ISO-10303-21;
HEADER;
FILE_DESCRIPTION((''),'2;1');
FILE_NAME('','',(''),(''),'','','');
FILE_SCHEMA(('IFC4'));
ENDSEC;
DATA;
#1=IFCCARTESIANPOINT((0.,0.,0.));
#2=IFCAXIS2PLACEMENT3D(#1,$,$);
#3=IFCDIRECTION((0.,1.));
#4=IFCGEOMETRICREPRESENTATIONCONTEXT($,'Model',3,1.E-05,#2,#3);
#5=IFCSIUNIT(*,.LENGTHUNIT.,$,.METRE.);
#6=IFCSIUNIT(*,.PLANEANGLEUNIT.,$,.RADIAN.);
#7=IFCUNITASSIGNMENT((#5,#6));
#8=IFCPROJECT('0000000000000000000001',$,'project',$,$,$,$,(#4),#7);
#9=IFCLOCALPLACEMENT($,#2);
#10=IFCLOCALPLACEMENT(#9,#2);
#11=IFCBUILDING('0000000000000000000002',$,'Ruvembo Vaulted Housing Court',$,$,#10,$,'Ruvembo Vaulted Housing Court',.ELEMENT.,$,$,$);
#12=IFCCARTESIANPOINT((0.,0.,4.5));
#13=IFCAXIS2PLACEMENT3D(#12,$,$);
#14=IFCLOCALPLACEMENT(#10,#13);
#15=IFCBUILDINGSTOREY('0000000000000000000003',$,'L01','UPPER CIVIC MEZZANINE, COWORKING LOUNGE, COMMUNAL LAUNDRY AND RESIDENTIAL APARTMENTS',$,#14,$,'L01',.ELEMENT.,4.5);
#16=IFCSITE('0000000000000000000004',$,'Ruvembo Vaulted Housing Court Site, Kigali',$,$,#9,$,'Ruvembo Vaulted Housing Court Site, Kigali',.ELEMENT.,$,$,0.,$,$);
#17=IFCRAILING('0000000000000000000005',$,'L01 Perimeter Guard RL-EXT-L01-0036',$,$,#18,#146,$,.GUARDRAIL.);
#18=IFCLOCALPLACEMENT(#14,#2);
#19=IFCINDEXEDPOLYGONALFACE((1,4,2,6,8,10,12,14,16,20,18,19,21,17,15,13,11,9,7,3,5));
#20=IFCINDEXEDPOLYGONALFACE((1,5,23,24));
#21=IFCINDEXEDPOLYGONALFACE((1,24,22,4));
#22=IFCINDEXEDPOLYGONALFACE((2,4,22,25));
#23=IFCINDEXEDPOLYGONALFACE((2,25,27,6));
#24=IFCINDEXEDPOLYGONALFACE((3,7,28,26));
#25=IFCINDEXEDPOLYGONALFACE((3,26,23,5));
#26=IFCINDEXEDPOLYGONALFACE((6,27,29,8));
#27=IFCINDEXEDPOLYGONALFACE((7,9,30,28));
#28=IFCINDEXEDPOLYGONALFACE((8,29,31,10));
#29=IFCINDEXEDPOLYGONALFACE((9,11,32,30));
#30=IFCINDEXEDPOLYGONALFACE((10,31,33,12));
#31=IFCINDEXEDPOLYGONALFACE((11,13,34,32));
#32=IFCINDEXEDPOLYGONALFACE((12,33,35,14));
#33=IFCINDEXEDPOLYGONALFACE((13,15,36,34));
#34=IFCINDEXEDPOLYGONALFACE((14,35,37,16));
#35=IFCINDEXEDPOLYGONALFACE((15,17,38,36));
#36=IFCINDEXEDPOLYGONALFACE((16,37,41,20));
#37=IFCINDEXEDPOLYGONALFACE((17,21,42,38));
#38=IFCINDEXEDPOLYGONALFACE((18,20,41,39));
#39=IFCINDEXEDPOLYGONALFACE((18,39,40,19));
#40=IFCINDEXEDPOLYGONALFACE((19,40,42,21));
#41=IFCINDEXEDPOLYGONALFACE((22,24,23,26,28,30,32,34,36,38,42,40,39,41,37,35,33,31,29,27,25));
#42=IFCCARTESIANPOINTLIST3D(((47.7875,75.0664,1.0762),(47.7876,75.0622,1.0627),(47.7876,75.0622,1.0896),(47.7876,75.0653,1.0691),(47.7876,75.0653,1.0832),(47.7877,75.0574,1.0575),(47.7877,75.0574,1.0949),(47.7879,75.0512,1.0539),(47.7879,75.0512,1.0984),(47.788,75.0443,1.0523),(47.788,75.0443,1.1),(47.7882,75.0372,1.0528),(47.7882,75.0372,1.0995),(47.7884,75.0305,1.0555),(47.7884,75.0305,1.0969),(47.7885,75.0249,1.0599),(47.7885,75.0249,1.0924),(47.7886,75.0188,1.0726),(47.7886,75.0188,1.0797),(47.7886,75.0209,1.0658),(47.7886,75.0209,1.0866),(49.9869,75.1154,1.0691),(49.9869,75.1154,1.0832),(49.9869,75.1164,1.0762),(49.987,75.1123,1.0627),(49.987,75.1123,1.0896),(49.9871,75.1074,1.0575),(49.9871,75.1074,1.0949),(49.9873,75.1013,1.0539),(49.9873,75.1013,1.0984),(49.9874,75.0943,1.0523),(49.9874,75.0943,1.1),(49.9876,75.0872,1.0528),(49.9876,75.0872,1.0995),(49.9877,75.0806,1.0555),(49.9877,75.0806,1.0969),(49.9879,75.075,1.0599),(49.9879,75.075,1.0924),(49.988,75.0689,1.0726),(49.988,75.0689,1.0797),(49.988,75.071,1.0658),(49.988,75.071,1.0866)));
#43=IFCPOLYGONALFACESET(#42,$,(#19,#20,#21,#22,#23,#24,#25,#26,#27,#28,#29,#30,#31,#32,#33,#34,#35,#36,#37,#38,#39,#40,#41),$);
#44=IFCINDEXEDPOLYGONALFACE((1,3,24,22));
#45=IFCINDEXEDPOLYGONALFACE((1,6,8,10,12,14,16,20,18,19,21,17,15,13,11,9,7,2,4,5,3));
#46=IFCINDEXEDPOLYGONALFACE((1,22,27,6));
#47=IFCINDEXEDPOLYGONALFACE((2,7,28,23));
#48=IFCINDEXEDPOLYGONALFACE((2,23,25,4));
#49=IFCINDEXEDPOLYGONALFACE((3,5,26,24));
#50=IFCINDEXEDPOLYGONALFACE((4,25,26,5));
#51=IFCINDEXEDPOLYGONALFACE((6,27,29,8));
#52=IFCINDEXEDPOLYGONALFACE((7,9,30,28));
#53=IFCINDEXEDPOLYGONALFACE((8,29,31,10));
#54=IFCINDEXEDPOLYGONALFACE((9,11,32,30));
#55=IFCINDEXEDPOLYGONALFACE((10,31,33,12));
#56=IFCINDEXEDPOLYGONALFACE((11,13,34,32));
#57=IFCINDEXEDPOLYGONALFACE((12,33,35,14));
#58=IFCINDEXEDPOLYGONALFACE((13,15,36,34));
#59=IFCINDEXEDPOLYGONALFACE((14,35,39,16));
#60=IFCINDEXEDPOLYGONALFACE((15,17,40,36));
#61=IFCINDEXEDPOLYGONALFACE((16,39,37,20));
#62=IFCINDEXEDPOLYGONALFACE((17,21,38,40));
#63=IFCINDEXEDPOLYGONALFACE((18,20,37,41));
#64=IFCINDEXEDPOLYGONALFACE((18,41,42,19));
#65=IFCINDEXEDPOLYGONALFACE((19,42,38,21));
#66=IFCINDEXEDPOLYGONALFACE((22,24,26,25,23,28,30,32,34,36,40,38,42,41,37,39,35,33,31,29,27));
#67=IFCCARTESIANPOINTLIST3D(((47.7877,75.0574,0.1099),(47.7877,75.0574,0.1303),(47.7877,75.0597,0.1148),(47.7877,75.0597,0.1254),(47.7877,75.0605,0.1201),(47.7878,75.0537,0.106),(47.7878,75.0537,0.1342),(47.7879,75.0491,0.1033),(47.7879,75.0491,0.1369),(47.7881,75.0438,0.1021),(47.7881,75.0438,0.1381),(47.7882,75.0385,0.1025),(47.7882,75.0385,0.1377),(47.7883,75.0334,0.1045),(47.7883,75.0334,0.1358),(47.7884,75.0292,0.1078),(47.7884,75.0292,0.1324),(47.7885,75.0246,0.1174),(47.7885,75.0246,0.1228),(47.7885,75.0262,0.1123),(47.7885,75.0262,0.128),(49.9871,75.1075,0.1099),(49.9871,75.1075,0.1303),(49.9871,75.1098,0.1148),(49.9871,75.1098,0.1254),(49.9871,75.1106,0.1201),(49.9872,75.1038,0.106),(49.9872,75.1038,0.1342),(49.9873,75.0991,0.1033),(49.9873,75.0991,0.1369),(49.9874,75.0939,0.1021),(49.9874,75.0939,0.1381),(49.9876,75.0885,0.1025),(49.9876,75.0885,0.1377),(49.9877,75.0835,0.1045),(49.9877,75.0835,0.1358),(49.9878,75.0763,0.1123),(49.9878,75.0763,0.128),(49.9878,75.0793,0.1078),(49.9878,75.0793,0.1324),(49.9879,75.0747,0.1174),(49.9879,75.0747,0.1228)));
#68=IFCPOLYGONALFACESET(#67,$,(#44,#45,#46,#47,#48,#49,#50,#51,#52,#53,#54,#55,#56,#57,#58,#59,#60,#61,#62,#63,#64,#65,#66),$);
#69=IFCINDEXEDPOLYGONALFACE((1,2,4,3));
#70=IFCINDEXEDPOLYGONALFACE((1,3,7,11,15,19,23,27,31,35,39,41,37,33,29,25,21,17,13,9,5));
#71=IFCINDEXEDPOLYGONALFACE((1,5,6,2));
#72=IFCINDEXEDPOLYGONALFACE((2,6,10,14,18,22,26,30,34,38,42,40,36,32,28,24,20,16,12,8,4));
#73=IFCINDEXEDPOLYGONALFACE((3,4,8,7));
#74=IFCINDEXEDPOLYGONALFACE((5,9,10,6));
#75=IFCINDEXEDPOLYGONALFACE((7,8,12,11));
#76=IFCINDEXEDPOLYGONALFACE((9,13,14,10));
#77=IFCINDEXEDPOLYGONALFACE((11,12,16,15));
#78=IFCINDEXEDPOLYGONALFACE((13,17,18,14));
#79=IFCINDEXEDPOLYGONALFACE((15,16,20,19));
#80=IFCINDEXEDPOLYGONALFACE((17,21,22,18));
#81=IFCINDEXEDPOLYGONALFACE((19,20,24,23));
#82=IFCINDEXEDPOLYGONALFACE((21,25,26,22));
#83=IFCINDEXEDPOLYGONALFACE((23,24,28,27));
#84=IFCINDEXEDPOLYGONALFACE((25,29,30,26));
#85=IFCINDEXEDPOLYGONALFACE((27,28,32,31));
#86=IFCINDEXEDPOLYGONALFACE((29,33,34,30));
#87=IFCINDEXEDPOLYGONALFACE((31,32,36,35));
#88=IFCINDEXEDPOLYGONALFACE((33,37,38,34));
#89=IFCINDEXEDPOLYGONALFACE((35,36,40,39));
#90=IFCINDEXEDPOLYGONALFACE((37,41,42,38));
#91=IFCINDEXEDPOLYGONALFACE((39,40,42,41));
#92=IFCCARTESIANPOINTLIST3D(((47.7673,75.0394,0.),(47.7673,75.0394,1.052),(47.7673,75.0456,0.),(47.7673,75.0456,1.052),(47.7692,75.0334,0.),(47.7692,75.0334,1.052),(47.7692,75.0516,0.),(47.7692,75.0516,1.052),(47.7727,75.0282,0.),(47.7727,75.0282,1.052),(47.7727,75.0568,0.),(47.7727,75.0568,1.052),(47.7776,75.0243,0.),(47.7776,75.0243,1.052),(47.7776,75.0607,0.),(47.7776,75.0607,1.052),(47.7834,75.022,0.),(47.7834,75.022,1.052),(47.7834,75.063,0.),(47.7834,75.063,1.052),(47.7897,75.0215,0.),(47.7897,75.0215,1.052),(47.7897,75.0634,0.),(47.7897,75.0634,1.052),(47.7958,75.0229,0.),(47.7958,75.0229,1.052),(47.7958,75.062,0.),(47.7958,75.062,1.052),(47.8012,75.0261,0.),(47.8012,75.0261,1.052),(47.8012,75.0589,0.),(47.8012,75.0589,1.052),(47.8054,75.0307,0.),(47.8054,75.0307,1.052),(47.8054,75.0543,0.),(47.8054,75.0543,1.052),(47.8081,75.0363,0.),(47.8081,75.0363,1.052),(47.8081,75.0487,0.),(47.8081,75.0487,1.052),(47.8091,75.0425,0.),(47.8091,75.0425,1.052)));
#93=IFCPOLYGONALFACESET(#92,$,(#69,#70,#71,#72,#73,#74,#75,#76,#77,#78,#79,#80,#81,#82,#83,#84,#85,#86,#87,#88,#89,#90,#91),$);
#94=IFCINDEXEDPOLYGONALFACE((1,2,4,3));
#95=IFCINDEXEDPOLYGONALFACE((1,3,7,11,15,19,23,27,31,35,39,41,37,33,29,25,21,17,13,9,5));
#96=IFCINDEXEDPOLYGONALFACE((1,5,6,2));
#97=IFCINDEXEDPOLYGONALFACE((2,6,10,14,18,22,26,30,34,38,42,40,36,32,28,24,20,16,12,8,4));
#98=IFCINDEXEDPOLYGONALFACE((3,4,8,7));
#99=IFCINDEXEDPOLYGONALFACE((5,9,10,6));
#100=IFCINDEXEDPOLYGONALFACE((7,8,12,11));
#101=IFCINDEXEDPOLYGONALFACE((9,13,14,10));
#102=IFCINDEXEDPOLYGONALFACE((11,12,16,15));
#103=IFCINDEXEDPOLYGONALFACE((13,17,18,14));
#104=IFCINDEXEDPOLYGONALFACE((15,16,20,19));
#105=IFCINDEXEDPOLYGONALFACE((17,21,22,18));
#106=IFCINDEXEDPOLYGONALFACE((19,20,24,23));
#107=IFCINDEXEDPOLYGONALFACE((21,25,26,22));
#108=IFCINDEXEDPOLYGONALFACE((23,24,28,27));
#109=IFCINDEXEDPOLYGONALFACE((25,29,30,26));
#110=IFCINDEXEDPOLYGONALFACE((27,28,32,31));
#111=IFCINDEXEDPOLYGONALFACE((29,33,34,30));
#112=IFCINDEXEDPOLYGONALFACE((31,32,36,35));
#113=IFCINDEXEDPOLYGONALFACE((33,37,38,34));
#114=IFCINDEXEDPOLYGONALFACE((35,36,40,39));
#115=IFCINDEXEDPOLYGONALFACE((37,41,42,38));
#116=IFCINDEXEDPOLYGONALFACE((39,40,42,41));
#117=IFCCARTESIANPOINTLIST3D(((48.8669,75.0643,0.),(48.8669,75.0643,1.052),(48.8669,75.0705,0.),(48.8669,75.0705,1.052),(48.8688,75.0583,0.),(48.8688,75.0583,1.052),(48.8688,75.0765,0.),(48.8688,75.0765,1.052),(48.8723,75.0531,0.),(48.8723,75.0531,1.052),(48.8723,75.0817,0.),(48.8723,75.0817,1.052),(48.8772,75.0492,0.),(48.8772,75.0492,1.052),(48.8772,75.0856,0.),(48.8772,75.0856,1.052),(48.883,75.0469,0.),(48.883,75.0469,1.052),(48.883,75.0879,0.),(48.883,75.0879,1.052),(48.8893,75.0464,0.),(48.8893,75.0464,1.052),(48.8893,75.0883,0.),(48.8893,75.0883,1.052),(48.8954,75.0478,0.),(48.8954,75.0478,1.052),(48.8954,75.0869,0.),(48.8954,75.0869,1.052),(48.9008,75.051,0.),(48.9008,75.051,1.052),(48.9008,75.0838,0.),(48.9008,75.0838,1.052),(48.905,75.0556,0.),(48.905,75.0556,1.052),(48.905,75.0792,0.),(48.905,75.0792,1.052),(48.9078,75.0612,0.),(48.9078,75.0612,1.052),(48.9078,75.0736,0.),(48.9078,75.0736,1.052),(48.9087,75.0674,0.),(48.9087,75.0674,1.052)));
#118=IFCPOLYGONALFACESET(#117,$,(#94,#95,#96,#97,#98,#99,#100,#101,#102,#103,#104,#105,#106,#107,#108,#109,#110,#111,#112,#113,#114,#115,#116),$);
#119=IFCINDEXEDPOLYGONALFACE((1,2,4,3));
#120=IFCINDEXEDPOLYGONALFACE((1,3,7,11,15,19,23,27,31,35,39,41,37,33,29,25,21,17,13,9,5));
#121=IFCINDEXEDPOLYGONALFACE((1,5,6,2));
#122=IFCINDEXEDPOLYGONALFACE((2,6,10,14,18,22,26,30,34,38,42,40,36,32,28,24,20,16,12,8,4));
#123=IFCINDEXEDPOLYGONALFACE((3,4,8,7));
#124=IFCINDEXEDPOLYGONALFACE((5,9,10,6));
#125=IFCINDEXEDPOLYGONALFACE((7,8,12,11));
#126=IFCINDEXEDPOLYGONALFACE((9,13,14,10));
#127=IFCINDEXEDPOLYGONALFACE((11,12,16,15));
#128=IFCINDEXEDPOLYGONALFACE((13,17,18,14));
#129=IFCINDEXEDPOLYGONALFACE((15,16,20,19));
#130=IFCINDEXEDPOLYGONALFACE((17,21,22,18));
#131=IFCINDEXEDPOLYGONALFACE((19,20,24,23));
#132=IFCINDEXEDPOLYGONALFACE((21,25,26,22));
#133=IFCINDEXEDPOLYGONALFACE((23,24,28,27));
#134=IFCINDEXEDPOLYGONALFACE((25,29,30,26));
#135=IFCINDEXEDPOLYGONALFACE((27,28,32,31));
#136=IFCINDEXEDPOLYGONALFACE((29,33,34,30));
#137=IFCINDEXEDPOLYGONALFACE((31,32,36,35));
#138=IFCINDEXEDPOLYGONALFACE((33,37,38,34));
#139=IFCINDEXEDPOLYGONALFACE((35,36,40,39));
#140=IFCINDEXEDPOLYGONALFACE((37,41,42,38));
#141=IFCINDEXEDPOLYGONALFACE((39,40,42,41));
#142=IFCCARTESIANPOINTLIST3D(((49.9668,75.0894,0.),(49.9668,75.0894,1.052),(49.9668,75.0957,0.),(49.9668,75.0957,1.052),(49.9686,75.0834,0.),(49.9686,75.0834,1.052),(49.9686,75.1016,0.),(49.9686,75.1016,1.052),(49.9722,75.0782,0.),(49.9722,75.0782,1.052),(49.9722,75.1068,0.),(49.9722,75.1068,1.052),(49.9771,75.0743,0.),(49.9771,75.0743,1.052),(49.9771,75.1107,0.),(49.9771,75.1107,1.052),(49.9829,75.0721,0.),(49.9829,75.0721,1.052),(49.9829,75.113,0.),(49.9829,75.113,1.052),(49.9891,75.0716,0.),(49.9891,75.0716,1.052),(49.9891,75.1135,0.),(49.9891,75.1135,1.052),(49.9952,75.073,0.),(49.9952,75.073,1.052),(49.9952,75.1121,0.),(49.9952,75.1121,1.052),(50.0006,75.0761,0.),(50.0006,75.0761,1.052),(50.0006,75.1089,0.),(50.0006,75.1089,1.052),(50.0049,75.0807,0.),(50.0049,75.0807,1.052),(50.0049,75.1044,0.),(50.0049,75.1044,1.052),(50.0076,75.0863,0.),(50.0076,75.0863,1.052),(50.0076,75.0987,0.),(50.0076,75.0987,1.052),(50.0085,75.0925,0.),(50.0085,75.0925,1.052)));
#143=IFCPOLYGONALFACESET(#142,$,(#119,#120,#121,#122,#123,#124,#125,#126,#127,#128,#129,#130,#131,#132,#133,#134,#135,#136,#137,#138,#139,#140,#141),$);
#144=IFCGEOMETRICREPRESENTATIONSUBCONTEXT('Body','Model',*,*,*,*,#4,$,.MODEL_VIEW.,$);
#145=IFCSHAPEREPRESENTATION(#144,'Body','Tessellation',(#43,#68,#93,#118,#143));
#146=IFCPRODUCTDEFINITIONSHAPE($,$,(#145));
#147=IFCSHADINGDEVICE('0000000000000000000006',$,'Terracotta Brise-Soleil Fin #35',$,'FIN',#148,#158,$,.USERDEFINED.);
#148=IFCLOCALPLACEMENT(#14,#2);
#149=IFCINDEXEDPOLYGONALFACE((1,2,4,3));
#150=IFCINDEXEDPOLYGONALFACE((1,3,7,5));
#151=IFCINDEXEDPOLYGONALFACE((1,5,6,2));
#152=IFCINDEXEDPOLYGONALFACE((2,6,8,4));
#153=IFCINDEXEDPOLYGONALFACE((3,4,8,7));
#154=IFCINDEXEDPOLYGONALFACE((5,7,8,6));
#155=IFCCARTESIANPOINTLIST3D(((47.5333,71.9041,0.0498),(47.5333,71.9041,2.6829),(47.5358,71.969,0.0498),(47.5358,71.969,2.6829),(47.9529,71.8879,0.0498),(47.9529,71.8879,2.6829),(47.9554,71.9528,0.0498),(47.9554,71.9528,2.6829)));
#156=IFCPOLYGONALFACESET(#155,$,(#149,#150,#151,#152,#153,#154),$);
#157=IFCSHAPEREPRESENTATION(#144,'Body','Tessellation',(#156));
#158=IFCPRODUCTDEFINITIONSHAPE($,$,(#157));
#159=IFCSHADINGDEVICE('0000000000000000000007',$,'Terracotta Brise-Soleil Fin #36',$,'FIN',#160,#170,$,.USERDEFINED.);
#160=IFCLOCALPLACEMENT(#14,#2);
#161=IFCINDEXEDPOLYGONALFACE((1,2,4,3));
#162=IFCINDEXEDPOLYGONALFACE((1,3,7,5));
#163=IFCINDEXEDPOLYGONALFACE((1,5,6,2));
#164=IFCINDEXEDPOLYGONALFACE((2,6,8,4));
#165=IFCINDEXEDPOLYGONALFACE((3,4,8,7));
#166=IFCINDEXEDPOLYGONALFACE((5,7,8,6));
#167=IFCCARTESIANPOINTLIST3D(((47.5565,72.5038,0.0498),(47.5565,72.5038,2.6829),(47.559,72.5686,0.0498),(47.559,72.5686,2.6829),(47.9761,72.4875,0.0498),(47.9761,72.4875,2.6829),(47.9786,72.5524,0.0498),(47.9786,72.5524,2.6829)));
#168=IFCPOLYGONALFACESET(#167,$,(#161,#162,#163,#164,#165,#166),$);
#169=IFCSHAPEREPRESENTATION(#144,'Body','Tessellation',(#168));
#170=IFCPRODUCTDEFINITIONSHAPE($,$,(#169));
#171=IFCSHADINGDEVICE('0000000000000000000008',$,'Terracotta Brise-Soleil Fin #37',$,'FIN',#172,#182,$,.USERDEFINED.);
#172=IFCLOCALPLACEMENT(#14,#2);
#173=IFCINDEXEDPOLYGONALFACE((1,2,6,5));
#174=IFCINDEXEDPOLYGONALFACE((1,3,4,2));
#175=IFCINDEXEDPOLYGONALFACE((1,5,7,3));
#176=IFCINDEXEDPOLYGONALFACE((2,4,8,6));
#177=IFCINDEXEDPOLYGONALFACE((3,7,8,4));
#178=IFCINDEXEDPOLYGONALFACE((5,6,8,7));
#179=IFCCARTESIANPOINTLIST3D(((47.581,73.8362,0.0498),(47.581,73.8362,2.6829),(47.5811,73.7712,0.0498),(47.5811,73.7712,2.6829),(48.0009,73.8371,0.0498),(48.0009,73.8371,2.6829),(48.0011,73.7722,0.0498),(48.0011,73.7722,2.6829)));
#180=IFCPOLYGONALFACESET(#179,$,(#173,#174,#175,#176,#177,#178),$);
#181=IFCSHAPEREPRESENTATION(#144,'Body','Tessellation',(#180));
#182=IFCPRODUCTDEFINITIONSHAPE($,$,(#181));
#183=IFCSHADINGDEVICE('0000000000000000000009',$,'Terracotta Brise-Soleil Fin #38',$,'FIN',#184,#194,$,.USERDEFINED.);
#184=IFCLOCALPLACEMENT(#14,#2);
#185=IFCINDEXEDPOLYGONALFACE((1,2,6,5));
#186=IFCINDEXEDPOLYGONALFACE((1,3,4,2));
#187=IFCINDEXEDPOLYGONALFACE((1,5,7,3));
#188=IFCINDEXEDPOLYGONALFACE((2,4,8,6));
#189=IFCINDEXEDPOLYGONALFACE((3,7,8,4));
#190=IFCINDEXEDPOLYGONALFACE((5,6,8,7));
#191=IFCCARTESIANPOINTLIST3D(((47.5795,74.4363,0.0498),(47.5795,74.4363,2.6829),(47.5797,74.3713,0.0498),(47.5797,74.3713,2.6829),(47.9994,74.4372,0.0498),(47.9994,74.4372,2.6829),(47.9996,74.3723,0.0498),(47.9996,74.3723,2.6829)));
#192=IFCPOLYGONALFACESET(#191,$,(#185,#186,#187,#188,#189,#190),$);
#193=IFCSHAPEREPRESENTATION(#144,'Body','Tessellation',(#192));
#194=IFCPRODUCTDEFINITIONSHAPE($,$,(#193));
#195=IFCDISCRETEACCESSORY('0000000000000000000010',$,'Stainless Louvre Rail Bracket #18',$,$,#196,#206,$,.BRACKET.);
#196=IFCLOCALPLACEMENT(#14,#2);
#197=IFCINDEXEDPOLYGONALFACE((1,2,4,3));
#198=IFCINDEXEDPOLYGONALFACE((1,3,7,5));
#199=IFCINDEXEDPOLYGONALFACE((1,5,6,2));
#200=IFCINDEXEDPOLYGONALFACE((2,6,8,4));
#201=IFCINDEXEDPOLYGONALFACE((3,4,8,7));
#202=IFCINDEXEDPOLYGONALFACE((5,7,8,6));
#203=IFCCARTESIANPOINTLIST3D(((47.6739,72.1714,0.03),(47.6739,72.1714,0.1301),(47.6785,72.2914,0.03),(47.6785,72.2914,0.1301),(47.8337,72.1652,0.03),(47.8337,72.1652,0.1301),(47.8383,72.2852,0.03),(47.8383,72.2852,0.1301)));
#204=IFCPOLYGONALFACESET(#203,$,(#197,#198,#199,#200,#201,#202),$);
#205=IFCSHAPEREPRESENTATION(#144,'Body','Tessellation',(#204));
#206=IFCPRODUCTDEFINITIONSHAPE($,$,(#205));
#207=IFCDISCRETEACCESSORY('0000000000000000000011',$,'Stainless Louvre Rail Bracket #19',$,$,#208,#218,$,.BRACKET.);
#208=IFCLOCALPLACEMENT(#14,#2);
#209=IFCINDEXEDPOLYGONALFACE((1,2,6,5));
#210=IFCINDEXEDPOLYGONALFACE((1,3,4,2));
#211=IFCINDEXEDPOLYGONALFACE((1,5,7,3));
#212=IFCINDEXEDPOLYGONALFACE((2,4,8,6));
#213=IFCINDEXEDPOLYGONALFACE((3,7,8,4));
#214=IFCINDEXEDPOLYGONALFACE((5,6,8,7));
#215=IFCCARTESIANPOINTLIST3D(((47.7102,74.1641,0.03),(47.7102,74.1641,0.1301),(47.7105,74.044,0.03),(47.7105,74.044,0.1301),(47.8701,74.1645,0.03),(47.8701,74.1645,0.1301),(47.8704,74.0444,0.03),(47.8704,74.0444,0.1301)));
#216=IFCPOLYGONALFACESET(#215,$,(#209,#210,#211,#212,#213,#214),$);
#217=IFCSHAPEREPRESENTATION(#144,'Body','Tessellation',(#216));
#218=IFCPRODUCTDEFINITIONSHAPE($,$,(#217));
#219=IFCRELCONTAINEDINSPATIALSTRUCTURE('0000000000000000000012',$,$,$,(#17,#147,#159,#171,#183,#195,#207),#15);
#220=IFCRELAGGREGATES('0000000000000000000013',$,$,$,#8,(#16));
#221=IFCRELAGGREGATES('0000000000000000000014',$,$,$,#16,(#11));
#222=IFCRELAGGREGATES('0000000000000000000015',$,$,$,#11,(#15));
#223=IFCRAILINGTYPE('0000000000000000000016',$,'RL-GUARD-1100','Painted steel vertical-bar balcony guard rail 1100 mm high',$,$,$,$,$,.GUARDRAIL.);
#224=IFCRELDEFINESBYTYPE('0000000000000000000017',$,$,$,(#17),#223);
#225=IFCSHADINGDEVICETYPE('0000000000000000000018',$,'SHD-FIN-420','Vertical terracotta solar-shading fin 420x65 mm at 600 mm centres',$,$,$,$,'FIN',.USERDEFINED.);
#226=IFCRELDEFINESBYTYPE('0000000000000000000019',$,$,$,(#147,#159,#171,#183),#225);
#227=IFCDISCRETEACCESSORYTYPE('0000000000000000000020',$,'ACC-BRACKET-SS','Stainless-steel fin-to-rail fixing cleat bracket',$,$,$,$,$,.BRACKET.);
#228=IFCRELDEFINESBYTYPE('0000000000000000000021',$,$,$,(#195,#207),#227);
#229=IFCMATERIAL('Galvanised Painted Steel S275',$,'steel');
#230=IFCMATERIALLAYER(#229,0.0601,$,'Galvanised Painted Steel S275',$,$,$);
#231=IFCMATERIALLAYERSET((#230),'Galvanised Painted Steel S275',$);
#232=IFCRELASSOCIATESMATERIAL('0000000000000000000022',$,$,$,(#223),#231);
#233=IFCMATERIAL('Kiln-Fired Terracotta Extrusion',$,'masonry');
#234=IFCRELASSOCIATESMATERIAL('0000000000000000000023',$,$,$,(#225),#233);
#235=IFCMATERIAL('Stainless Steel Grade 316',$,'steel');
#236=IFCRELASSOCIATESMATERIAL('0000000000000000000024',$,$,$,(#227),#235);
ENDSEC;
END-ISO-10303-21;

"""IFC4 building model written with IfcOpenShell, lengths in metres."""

from ifc_helpers import new_model, si_unit, direction, frame, origin, origin_2d, place, context, subcontext, project, spatial, rectangle, circle, extrude, material, layer, layer_set, type_object, element, save


model = new_model("IFC4")

# Units and contexts
model_context = context("Model", 3, precision=1e-05, world=origin(), true_north=direction((0.0, 1.0)))
body_context = subcontext(model_context, "Body", "Model", "MODEL_VIEW")
ifc_project = project(units=[si_unit("LENGTHUNIT", "METRE"), si_unit("PLANEANGLEUNIT", "RADIAN")], contexts=[model_context])

# Site, building, storey
site_placement = place(None, origin())
site = spatial("IfcSite", under=ifc_project, at=site_placement, Name="Ruvembo Vaulted Housing Court Site, Kigali", LongName="Ruvembo Vaulted Housing Court Site, Kigali", CompositionType="ELEMENT", RefElevation=0.0)
building_placement = place(site_placement, origin())
building = spatial("IfcBuilding", under=site, at=building_placement, Name="Ruvembo Vaulted Housing Court", LongName="Ruvembo Vaulted Housing Court", CompositionType="ELEMENT")
storey_placement = place(building_placement, frame((0.0, 0.0, 4.5)))
storey = spatial("IfcBuildingStorey", under=building, at=storey_placement, Name="L01", Description="UPPER CIVIC MEZZANINE, COWORKING LOUNGE, COMMUNAL LAUNDRY AND RESIDENTIAL APARTMENTS", LongName="L01", CompositionType="ELEMENT", Elevation=4.5)

# Railing
ifc_material_1 = material(Name="Galvanised Painted Steel S275", Category="steel")
ifc_layer_1 = layer(ifc_material_1, 0.0601, Name="Galvanised Painted Steel S275")
ifc_layer_set_1 = layer_set([ifc_layer_1], Name="Galvanised Painted Steel S275")
railing_type = type_object("IfcRailingType", Name="RL-GUARD-1100", Description="Painted steel vertical-bar balcony guard rail 1100 mm high", PredefinedType="GUARDRAIL", material=ifc_layer_set_1)
railing_1_placement = place(storey_placement, frame((47.7881, 75.0425, 0.0)))
element("IfcRailing", 1, at=railing_1_placement, inside=storey, type_object=railing_type, Name="L01 Perimeter Guard RL-EXT-L01-0036", PredefinedType="GUARDRAIL", context=body_context, shape_type="SweptSolid", body=[
    extrude(circle(Radius=0.0239, at=origin_2d()), frame((0.0, 0.0, 1.0762), z_axis=(0.999741, 0.022749, 0.0), x_axis=(-0.022749, 0.999741, 0.0)), (0.0, 0.0, 1.0), 2.2),
    extrude(circle(Radius=0.0181, at=origin_2d()), frame((0.0, 0.0, 0.1201), z_axis=(0.999741, 0.022749, 0.0), x_axis=(-0.022749, 0.999741, 0.0)), (0.0, 0.0, 1.0), 2.2),
    extrude(circle(Radius=0.021, at=origin_2d()), origin(), (0.0, 0.0, 1.0), 1.052),
    extrude(circle(Radius=0.021, at=origin_2d()), frame((1.0996, 0.0249, 0.0)), (0.0, 0.0, 1.0), 1.052),
    extrude(circle(Radius=0.021, at=origin_2d()), frame((2.1995, 0.05, 0.0)), (0.0, 0.0, 1.0), 1.052),
])

# Shading devices
ifc_material_2 = material(Name="Kiln-Fired Terracotta Extrusion", Category="masonry")
shading_device_type = type_object("IfcShadingDeviceType", Name="SHD-FIN-420", Description="Vertical terracotta solar-shading fin 420x65 mm at 600 mm centres", ElementType="FIN", PredefinedType="USERDEFINED", material=ifc_material_2)
for number, where, z_axis, x_axis, name in (
    (2, (47.7444, 71.9285, 0.0498), (0.0, 0.0, 1.0), (0.999251, -0.038684, 0.0), "Terracotta Brise-Soleil Fin #35"),
    (3, (47.7676, 72.5281, 0.0498), (0.0, 0.0, 1.0), (0.999251, -0.038684, 0.0), "Terracotta Brise-Soleil Fin #36"),
    (4, (47.791, 73.8042, 0.0498), (0.0, 0.0, 1.0), (0.999997, 0.002286, 0.0), "Terracotta Brise-Soleil Fin #37"),
    (5, (47.7896, 74.4043, 0.0498), (0.0, 0.0, 1.0), (0.999997, 0.002286, 0.0), "Terracotta Brise-Soleil Fin #38"),
):
    element("IfcShadingDevice", number, at=place(storey_placement, frame(where, z_axis=z_axis, x_axis=x_axis)), inside=storey, type_object=shading_device_type, Name=name, ObjectType="FIN", PredefinedType="USERDEFINED", context=body_context, shape_type="SweptSolid", body=[
        extrude(rectangle(XDim=0.4199, YDim=0.0649, at=origin_2d()), origin(), (0.0, 0.0, 1.0), 2.6331),
    ])

# Discrete accessories
ifc_material_3 = material(Name="Stainless Steel Grade 316", Category="steel")
discrete_accessory_type = type_object("IfcDiscreteAccessoryType", Name="ACC-BRACKET-SS", Description="Stainless-steel fin-to-rail fixing cleat bracket", PredefinedType="BRACKET", material=ifc_material_3)
for number, where, z_axis, x_axis, name in (
    (6, (47.7561, 72.2283, 0.03), (0.0, 0.0, 1.0), (0.999251, -0.038684, 0.0), "Stainless Louvre Rail Bracket #18"),
    (7, (47.7903, 74.1042, 0.03), (0.0, 0.0, 1.0), (0.999997, 0.002286, 0.0), "Stainless Louvre Rail Bracket #19"),
):
    element("IfcDiscreteAccessory", number, at=place(storey_placement, frame(where, z_axis=z_axis, x_axis=x_axis)), inside=storey, type_object=discrete_accessory_type, Name=name, PredefinedType="BRACKET", context=body_context, shape_type="SweptSolid", body=[
        extrude(rectangle(XDim=0.1599, YDim=0.1201, at=origin_2d()), origin(), (0.0, 0.0, 1.0), 0.1001),
    ])

save(model, "model.ifc")
